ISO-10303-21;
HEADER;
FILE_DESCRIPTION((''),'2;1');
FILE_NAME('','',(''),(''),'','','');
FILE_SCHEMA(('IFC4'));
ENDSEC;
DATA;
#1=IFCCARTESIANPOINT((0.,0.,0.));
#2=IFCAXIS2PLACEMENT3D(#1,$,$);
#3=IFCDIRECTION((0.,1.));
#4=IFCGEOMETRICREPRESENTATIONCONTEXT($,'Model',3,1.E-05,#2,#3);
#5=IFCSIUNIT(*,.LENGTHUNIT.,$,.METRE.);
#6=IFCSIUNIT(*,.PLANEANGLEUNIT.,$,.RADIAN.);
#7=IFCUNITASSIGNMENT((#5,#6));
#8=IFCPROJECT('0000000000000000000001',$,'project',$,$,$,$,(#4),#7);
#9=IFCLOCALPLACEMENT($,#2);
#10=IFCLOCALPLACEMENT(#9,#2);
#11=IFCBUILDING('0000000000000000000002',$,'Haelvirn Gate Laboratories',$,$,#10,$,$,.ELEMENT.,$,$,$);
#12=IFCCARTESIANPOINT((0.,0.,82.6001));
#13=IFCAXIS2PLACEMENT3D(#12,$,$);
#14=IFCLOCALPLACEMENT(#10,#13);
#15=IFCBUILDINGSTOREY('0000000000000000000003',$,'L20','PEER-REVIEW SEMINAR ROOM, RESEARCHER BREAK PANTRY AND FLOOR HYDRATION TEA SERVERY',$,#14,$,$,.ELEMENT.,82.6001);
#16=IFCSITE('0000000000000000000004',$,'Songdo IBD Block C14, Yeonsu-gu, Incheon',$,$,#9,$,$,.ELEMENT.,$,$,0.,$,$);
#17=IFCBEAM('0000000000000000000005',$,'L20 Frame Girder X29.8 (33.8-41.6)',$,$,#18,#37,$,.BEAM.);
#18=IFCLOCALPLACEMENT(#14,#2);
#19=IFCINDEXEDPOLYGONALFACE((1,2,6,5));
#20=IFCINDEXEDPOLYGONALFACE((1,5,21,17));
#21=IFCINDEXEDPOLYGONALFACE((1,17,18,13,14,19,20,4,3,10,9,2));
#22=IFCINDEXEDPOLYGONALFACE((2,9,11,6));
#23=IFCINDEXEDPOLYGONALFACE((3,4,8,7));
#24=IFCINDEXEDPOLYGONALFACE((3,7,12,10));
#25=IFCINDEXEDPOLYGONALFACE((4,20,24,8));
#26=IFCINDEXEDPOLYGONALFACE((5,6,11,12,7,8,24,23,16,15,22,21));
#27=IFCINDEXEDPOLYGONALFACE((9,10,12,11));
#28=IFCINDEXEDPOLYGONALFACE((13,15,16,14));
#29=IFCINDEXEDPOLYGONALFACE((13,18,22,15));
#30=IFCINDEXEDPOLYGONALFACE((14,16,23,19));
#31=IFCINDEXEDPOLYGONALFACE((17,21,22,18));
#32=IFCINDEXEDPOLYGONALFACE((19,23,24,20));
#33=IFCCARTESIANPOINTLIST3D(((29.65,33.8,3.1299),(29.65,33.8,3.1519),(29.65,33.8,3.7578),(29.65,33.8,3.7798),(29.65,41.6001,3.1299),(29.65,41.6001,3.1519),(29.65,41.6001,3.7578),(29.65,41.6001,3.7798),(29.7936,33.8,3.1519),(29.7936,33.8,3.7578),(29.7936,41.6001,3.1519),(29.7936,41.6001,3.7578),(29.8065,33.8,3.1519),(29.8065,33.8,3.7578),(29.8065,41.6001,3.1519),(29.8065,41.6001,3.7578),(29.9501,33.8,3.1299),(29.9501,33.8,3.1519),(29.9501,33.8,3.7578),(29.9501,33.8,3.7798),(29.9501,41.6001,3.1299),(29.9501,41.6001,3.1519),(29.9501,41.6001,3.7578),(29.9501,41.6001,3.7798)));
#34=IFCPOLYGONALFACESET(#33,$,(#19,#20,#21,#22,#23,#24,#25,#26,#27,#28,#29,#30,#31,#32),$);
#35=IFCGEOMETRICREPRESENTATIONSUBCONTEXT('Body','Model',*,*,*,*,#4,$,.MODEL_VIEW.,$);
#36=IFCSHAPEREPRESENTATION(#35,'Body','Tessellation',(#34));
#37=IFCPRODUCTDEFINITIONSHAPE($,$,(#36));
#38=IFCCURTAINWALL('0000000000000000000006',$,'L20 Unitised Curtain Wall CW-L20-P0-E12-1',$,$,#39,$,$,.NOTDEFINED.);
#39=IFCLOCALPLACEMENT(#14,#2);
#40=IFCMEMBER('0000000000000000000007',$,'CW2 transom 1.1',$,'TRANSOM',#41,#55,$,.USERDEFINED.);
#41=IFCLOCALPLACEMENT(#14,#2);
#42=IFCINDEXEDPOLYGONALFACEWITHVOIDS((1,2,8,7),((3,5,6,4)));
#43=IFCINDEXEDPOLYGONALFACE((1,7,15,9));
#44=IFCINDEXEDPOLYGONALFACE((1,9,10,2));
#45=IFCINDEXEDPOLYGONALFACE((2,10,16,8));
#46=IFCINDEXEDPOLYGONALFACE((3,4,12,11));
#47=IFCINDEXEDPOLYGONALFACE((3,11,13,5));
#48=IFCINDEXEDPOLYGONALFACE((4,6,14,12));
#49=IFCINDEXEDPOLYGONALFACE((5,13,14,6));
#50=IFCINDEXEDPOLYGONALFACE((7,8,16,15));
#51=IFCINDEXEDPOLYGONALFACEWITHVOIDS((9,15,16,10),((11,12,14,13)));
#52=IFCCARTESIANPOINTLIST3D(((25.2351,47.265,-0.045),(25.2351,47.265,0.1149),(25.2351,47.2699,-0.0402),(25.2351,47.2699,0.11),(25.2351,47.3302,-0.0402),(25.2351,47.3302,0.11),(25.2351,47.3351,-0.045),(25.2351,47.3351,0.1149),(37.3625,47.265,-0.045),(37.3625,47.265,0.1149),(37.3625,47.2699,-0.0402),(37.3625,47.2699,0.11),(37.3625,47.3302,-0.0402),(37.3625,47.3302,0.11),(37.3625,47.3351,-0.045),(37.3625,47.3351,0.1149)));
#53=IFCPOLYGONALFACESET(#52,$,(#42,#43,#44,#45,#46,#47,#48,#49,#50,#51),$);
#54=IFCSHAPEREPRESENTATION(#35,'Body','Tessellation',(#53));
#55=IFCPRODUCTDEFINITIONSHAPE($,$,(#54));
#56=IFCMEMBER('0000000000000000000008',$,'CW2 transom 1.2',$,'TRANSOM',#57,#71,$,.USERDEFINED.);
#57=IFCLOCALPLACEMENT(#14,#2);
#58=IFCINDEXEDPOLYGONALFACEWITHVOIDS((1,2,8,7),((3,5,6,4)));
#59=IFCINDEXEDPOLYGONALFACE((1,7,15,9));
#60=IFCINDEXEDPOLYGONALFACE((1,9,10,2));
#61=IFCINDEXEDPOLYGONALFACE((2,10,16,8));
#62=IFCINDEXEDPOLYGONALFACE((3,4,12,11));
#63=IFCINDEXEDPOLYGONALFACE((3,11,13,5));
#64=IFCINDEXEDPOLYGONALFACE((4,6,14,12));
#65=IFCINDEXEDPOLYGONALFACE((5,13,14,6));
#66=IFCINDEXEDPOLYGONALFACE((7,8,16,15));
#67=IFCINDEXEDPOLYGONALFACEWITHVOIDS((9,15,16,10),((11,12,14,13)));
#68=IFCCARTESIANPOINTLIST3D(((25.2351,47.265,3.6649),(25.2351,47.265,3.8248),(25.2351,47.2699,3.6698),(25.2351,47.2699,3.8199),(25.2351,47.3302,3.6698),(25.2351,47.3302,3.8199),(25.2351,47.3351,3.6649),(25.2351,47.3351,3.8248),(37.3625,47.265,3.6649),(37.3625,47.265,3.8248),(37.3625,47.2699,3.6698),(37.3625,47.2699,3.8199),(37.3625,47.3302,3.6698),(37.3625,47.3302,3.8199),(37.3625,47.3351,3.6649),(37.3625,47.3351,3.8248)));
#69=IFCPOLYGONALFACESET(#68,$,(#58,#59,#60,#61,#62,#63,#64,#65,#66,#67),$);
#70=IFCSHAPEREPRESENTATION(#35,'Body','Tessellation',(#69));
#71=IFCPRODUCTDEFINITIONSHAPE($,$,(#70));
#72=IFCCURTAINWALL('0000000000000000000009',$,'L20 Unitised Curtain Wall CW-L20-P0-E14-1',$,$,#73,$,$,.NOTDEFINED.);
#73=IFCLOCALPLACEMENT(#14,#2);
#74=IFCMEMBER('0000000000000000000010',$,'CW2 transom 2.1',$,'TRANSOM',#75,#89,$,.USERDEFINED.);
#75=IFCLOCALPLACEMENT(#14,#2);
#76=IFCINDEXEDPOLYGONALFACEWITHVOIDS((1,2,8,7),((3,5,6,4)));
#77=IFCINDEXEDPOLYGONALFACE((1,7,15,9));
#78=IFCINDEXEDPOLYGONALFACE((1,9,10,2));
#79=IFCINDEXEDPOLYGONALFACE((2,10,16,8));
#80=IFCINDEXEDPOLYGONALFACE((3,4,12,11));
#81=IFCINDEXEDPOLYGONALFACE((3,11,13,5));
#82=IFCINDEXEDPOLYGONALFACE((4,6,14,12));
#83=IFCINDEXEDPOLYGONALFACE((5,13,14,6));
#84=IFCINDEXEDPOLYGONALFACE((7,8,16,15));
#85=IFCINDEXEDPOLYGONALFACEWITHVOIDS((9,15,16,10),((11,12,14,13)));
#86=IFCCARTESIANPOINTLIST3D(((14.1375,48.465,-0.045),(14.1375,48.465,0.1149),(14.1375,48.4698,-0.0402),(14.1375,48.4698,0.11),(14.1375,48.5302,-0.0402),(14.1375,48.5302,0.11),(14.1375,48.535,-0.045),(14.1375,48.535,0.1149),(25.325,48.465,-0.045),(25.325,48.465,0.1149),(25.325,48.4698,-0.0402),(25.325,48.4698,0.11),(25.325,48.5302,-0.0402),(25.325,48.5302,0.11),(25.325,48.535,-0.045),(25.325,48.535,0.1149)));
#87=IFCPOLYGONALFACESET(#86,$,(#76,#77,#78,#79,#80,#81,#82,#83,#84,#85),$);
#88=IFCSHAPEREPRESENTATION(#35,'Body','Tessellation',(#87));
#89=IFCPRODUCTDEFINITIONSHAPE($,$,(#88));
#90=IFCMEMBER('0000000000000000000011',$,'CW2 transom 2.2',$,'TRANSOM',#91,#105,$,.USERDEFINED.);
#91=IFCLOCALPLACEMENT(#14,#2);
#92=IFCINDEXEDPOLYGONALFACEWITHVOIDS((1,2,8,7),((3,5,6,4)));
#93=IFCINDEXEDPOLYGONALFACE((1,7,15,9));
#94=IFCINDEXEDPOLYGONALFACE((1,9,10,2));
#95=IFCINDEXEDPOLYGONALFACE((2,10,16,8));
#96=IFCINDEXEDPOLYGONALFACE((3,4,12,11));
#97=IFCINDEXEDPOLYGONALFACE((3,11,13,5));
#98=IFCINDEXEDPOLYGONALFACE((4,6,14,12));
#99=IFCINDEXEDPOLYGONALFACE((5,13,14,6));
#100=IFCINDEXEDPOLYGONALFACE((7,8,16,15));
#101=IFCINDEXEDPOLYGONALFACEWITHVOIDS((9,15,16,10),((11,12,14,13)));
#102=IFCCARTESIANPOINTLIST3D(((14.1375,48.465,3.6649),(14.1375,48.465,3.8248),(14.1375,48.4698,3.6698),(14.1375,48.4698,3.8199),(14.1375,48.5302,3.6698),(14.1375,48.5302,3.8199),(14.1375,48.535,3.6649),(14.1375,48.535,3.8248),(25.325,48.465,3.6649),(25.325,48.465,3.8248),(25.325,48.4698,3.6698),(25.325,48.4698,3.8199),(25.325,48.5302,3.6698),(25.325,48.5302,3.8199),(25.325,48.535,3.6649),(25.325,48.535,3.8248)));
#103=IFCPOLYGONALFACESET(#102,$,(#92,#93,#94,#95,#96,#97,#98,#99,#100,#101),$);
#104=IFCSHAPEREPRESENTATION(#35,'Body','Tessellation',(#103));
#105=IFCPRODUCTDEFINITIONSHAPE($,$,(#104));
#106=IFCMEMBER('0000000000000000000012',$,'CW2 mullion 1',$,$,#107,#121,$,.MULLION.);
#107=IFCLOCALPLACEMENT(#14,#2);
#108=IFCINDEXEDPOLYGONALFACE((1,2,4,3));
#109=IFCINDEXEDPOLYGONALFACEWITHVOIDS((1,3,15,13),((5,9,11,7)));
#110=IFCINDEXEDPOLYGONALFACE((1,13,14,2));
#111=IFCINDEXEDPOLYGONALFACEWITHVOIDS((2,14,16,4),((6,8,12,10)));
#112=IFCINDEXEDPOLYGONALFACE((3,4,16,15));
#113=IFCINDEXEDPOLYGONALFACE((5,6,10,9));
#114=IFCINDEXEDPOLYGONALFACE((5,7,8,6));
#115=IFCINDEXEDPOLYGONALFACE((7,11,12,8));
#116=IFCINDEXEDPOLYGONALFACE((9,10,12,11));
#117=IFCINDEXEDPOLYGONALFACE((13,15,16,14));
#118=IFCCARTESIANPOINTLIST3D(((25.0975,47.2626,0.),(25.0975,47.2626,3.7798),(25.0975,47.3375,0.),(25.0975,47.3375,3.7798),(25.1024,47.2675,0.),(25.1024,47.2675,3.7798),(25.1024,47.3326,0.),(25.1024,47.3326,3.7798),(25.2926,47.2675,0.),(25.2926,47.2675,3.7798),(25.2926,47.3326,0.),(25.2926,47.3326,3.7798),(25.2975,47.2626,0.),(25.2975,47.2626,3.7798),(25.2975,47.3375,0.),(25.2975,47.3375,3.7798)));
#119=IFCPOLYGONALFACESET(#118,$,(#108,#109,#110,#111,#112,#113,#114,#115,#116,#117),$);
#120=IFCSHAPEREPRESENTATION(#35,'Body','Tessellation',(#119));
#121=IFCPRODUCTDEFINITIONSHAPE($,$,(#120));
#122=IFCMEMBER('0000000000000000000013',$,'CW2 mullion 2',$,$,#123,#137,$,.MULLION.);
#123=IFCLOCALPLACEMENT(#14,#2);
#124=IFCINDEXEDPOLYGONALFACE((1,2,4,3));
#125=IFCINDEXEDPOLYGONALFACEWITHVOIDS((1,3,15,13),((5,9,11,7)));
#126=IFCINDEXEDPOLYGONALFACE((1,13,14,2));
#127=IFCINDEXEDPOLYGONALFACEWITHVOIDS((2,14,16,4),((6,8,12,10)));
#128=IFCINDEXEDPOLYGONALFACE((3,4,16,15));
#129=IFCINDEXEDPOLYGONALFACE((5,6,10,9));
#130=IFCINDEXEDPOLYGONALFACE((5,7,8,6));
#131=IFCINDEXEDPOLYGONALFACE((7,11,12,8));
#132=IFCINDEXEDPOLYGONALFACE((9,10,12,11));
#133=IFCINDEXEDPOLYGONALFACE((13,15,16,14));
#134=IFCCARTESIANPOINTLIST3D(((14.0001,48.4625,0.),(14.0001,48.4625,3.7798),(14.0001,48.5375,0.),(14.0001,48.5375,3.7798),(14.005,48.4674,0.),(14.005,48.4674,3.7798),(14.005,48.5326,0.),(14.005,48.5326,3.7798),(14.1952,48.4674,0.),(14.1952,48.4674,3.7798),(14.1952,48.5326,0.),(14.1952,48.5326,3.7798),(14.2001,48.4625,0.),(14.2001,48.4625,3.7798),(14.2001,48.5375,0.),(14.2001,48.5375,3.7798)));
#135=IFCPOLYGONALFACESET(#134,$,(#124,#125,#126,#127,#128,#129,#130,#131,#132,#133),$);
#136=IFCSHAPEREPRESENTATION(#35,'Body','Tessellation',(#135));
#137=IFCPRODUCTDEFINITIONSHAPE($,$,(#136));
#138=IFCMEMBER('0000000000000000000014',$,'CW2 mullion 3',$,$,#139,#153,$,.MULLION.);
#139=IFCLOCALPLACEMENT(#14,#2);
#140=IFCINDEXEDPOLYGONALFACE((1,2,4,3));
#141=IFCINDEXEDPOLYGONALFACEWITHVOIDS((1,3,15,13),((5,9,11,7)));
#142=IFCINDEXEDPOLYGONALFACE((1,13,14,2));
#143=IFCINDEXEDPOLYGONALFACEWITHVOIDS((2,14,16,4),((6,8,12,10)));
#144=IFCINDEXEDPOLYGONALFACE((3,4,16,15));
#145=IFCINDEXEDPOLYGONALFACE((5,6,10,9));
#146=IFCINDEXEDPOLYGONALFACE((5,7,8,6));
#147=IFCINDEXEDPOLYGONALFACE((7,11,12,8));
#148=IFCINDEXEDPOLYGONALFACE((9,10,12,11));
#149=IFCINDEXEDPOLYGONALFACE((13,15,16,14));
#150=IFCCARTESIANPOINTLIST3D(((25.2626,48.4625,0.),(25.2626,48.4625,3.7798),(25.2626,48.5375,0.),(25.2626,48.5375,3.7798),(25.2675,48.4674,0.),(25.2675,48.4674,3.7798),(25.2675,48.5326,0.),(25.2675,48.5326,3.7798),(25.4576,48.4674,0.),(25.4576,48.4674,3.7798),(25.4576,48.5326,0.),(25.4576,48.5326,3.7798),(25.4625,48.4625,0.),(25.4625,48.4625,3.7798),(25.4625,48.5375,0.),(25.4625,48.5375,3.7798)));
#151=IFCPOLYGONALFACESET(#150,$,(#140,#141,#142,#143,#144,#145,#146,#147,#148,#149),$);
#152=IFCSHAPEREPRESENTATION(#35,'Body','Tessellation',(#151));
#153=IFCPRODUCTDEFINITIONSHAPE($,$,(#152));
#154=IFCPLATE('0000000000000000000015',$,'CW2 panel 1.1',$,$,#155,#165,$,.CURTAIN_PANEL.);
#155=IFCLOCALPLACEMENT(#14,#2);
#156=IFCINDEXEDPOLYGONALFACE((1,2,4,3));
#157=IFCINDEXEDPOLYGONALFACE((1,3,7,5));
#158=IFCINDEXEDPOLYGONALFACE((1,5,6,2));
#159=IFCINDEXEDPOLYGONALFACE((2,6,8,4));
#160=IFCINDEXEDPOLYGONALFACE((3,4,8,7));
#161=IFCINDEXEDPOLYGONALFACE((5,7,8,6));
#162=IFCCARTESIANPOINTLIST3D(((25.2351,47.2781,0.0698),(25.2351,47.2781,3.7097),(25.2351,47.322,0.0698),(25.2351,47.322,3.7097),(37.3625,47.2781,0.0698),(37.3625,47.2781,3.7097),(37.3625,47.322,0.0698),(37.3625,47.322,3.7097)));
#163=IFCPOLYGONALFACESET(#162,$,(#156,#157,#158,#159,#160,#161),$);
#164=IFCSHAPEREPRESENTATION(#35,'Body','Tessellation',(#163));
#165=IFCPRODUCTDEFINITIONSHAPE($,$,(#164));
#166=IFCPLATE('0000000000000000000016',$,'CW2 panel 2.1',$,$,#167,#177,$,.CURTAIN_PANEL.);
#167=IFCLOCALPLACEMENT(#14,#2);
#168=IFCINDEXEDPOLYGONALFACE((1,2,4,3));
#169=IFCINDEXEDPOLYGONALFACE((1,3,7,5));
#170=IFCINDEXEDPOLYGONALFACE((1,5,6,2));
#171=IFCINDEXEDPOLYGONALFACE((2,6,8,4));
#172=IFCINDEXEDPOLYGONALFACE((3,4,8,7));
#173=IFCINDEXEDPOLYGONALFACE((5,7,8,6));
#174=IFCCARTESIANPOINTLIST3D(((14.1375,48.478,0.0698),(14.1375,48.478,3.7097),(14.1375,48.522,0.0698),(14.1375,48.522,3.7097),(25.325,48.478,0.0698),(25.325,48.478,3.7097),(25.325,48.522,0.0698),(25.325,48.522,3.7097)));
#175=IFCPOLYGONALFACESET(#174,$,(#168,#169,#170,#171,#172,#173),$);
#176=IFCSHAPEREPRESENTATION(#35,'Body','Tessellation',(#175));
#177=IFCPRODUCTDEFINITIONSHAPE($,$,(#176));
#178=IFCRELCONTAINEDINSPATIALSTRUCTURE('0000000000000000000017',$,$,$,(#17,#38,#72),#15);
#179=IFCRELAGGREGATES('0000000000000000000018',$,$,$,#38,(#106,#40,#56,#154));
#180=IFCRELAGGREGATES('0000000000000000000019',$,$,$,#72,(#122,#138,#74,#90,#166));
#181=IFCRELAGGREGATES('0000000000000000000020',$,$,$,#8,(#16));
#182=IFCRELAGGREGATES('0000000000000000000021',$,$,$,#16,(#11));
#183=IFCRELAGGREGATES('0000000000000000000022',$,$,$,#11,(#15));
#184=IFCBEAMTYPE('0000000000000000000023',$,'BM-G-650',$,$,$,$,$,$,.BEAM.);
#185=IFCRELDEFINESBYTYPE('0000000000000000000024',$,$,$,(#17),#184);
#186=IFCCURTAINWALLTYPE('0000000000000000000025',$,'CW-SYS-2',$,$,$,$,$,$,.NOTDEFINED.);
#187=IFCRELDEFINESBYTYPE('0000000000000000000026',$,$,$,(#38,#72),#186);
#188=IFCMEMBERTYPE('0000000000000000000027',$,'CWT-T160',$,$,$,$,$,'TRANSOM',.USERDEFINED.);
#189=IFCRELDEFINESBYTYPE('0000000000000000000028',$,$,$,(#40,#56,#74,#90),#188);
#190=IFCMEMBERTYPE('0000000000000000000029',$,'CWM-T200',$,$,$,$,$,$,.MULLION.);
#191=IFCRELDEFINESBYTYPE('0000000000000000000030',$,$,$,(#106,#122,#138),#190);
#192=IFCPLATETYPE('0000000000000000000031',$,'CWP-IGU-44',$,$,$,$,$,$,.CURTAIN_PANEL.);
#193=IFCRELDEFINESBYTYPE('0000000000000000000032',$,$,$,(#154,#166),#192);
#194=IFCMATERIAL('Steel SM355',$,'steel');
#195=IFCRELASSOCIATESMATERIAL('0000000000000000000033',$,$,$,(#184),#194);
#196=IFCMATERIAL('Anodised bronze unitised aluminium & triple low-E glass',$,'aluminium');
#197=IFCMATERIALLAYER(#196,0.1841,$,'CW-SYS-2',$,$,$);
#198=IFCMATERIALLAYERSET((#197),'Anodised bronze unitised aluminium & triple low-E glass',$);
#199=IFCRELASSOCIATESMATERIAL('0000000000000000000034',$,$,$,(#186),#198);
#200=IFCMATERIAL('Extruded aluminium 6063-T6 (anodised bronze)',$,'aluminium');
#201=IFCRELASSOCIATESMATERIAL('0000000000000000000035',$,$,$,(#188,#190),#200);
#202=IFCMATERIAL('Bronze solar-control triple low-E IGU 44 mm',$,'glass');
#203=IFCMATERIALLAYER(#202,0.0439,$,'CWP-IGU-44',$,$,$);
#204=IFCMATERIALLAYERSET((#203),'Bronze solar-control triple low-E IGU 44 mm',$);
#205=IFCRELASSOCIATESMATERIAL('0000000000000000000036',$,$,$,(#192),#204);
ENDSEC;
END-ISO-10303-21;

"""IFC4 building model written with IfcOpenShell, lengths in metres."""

from ifc_helpers import new_model, si_unit, direction, frame, origin, origin_2d, place, context, subcontext, project, spatial, rectangle, hollow_rectangle, i_section, extrude, source, transform, mapped, material, layer, layer_set, material_profile, profile_set, type_object, type_shapes, element, aggregate, save


model = new_model("IFC4")

# Units and contexts
model_context = context("Model", 3, precision=1e-05, world=origin(), true_north=direction((0.0, 1.0)))
body_context = subcontext(model_context, "Body", "Model", "MODEL_VIEW")
ifc_project = project(units=[si_unit("LENGTHUNIT", "METRE"), si_unit("PLANEANGLEUNIT", "RADIAN")], contexts=[model_context])

# Site, building, storey
site_placement = place(None, origin())
site = spatial("IfcSite", under=ifc_project, at=site_placement, Name="Songdo IBD Block C14, Yeonsu-gu, Incheon", CompositionType="ELEMENT", RefElevation=0.0)
building_placement = place(site_placement, origin())
building = spatial("IfcBuilding", under=site, at=building_placement, Name="Haelvirn Gate Laboratories", CompositionType="ELEMENT")
storey_placement = place(building_placement, frame((0.0, 0.0, 82.6001)))
storey = spatial("IfcBuildingStorey", under=building, at=storey_placement, Name="L20", Description="PEER-REVIEW SEMINAR ROOM, RESEARCHER BREAK PANTRY AND FLOOR HYDRATION TEA SERVERY", CompositionType="ELEMENT", Elevation=82.6001)

# Beam
ifc_material_1 = material(Name="Steel SM355", Category="steel")
ifc_material_profile_1 = material_profile(ifc_material_1, i_section(OverallWidth=0.3, OverallDepth=0.6499, WebThickness=0.0129, FlangeThickness=0.022, at=origin_2d()), Name="H-650x300x13x22")
ifc_profile_set_1 = profile_set([ifc_material_profile_1], Name="Steel SM355")
beam_type_1 = type_object("IfcBeamType", Name="BM-G-650", PredefinedType="BEAM", material=ifc_profile_set_1)
shared_shape_1 = source(origin(), body_context, "Body", "SweptSolid", [
    extrude(i_section(OverallWidth=0.3, OverallDepth=0.6499, WebThickness=0.0129, FlangeThickness=0.022, at=origin_2d()), origin(), (0.0, 0.0, 1.0), 7.8),
])
type_shapes(beam_type_1, [shared_shape_1])
beam_1_placement = place(storey_placement, frame((29.8, 33.8, 3.4548), z_axis=(0.0, 1.0, 0.0), x_axis=(-1.0, 0.0, 0.0)))
element("IfcBeam", 1, at=beam_1_placement, inside=storey, type_object=beam_type_1, Name="L20 Frame Girder X29.8 (33.8-41.6)", PredefinedType="BEAM", context=body_context, shape_type="MappedRepresentation", body=[
    mapped(shared_shape_1, transform((0.0, 0.0, 0.0), scale=1.0)),
])

# Curtain walls, members
ifc_material_2 = material(Name="Anodised bronze unitised aluminium & triple low-E glass", Category="aluminium")
ifc_layer_1 = layer(ifc_material_2, 0.1841, Name="CW-SYS-2")
ifc_layer_set_1 = layer_set([ifc_layer_1], Name="Anodised bronze unitised aluminium & triple low-E glass")
curtain_wall_type = type_object("IfcCurtainWallType", Name="CW-SYS-2", PredefinedType="NOTDEFINED", material=ifc_layer_set_1)
curtain_wall_1_placement = place(storey_placement, origin())
curtain_wall_1 = element("IfcCurtainWall", 2, at=curtain_wall_1_placement, inside=storey, type_object=curtain_wall_type, Name="L20 Unitised Curtain Wall CW-L20-P0-E12-1", PredefinedType="NOTDEFINED")
ifc_material_3 = material(Name="Extruded aluminium 6063-T6 (anodised bronze)", Category="aluminium")
ifc_material_profile_2 = material_profile(ifc_material_3, hollow_rectangle(XDim=0.0701, YDim=0.1599, WallThickness=0.0049, at=origin_2d()), Name="CWT-160x70x5")
ifc_profile_set_2 = profile_set([ifc_material_profile_2], Name="Extruded aluminium 6063-T6 (anodised bronze)")
member_type_1 = type_object("IfcMemberType", Name="CWT-T160", ElementType="TRANSOM", PredefinedType="USERDEFINED", material=ifc_profile_set_2)
shared_shape_2 = source(origin(), body_context, "Body", "SweptSolid", [
    extrude(hollow_rectangle(XDim=0.0701, YDim=0.1599, WallThickness=0.0049, at=origin_2d()), origin(), (0.0, 0.0, 1.0), 12.1274),
])
member_1_placement = place(storey_placement, frame((25.2351, 47.3, 0.0349), z_axis=(1.0, 0.0, 0.0), x_axis=(0.0, 1.0, 0.0)))
member_1 = element("IfcMember", 3, at=member_1_placement, type_object=member_type_1, Name="CW2 transom 1.1", ObjectType="TRANSOM", PredefinedType="USERDEFINED", context=body_context, shape_type="MappedRepresentation", body=[
    mapped(shared_shape_2, transform((0.0, 0.0, 0.0), scale=1.0)),
])
member_2_placement = place(storey_placement, frame((25.2351, 47.3, 3.7449), z_axis=(1.0, 0.0, 0.0), x_axis=(0.0, 1.0, 0.0)))
member_2 = element("IfcMember", 4, at=member_2_placement, type_object=member_type_1, Name="CW2 transom 1.2", ObjectType="TRANSOM", PredefinedType="USERDEFINED", context=body_context, shape_type="MappedRepresentation", body=[
    mapped(shared_shape_2, transform((0.0, 0.0, 0.0), scale=1.0)),
])
curtain_wall_2_placement = place(storey_placement, origin())
curtain_wall_2 = element("IfcCurtainWall", 5, at=curtain_wall_2_placement, inside=storey, type_object=curtain_wall_type, Name="L20 Unitised Curtain Wall CW-L20-P0-E14-1", PredefinedType="NOTDEFINED")
shared_shape_3 = source(origin(), body_context, "Body", "SweptSolid", [
    extrude(hollow_rectangle(XDim=0.0701, YDim=0.1599, WallThickness=0.0049, at=origin_2d()), origin(), (0.0, 0.0, 1.0), 11.1875),
])
type_shapes(member_type_1, [shared_shape_2, shared_shape_3])
member_3_placement = place(storey_placement, frame((14.1375, 48.5, 0.0349), z_axis=(1.0, 0.0, 0.0), x_axis=(0.0, 1.0, 0.0)))
member_3 = element("IfcMember", 6, at=member_3_placement, type_object=member_type_1, Name="CW2 transom 2.1", ObjectType="TRANSOM", PredefinedType="USERDEFINED", context=body_context, shape_type="MappedRepresentation", body=[
    mapped(shared_shape_3, transform((0.0, 0.0, 0.0), scale=1.0)),
])
member_4_placement = place(storey_placement, frame((14.1375, 48.5, 3.7449), z_axis=(1.0, 0.0, 0.0), x_axis=(0.0, 1.0, 0.0)))
member_4 = element("IfcMember", 7, at=member_4_placement, type_object=member_type_1, Name="CW2 transom 2.2", ObjectType="TRANSOM", PredefinedType="USERDEFINED", context=body_context, shape_type="MappedRepresentation", body=[
    mapped(shared_shape_3, transform((0.0, 0.0, 0.0), scale=1.0)),
])

# Members
ifc_material_profile_3 = material_profile(ifc_material_3, hollow_rectangle(XDim=0.075, YDim=0.2, WallThickness=0.0049, at=origin_2d()), Name="CWM-200x75x5")
ifc_profile_set_3 = profile_set([ifc_material_profile_3], Name="Extruded aluminium 6063-T6 (anodised bronze)")
member_type_2 = type_object("IfcMemberType", Name="CWM-T200", PredefinedType="MULLION", material=ifc_profile_set_3)
shared_shape_4 = source(origin(), body_context, "Body", "SweptSolid", [
    extrude(hollow_rectangle(XDim=0.075, YDim=0.2, WallThickness=0.0049, at=origin_2d()), origin(), (0.0, 0.0, 1.0), 3.7798),
])
type_shapes(member_type_2, [shared_shape_4])
member_5_placement = place(storey_placement, frame((25.1975, 47.3, 0.0), z_axis=(0.0, 0.0, 1.0), x_axis=(0.0, 1.0, 0.0)))
member_5 = element("IfcMember", 8, at=member_5_placement, type_object=member_type_2, Name="CW2 mullion 1", PredefinedType="MULLION", context=body_context, shape_type="MappedRepresentation", body=[
    mapped(shared_shape_4, transform((0.0, 0.0, 0.0), scale=1.0)),
])
member_6_placement = place(storey_placement, frame((14.1001, 48.5, 0.0), z_axis=(0.0, 0.0, 1.0), x_axis=(0.0, 1.0, 0.0)))
member_6 = element("IfcMember", 9, at=member_6_placement, type_object=member_type_2, Name="CW2 mullion 2", PredefinedType="MULLION", context=body_context, shape_type="MappedRepresentation", body=[
    mapped(shared_shape_4, transform((0.0, 0.0, 0.0), scale=1.0)),
])
member_7_placement = place(storey_placement, frame((25.3625, 48.5, 0.0), z_axis=(0.0, 0.0, 1.0), x_axis=(0.0, 1.0, 0.0)))
member_7 = element("IfcMember", 10, at=member_7_placement, type_object=member_type_2, Name="CW2 mullion 3", PredefinedType="MULLION", context=body_context, shape_type="MappedRepresentation", body=[
    mapped(shared_shape_4, transform((0.0, 0.0, 0.0), scale=1.0)),
])

# Plates
ifc_material_4 = material(Name="Bronze solar-control triple low-E IGU 44 mm", Category="glass")
ifc_layer_2 = layer(ifc_material_4, 0.0439, Name="CWP-IGU-44")
ifc_layer_set_2 = layer_set([ifc_layer_2], Name="Bronze solar-control triple low-E IGU 44 mm")
plate_type = type_object("IfcPlateType", Name="CWP-IGU-44", PredefinedType="CURTAIN_PANEL", material=ifc_layer_set_2)
shared_shape_5 = source(origin(), body_context, "Body", "SweptSolid", [
    extrude(rectangle(XDim=12.1274, YDim=0.0439, at=origin_2d()), origin(), (0.0, 0.0, 1.0), 3.6399),
])
plate_1_placement = place(storey_placement, frame((31.2988, 47.3, 0.0698), z_axis=(0.0, 0.0, 1.0), x_axis=(1.0, 0.0, 0.0)))
plate_1 = element("IfcPlate", 11, at=plate_1_placement, type_object=plate_type, Name="CW2 panel 1.1", PredefinedType="CURTAIN_PANEL", context=body_context, shape_type="MappedRepresentation", body=[
    mapped(shared_shape_5, transform((0.0, 0.0, 0.0), scale=1.0)),
])
aggregate(curtain_wall_1, [member_5, member_1, member_2, plate_1])
shared_shape_6 = source(origin(), body_context, "Body", "SweptSolid", [
    extrude(rectangle(XDim=11.1875, YDim=0.0439, at=origin_2d()), origin(), (0.0, 0.0, 1.0), 3.6399),
])
type_shapes(plate_type, [shared_shape_5, shared_shape_6])
plate_2_placement = place(storey_placement, frame((19.7312, 48.5, 0.0698), z_axis=(0.0, 0.0, 1.0), x_axis=(1.0, 0.0, 0.0)))
plate_2 = element("IfcPlate", 12, at=plate_2_placement, type_object=plate_type, Name="CW2 panel 2.1", PredefinedType="CURTAIN_PANEL", context=body_context, shape_type="MappedRepresentation", body=[
    mapped(shared_shape_6, transform((0.0, 0.0, 0.0), scale=1.0)),
])
aggregate(curtain_wall_2, [member_6, member_7, member_3, member_4, plate_2])

save(model, "model.ifc")
